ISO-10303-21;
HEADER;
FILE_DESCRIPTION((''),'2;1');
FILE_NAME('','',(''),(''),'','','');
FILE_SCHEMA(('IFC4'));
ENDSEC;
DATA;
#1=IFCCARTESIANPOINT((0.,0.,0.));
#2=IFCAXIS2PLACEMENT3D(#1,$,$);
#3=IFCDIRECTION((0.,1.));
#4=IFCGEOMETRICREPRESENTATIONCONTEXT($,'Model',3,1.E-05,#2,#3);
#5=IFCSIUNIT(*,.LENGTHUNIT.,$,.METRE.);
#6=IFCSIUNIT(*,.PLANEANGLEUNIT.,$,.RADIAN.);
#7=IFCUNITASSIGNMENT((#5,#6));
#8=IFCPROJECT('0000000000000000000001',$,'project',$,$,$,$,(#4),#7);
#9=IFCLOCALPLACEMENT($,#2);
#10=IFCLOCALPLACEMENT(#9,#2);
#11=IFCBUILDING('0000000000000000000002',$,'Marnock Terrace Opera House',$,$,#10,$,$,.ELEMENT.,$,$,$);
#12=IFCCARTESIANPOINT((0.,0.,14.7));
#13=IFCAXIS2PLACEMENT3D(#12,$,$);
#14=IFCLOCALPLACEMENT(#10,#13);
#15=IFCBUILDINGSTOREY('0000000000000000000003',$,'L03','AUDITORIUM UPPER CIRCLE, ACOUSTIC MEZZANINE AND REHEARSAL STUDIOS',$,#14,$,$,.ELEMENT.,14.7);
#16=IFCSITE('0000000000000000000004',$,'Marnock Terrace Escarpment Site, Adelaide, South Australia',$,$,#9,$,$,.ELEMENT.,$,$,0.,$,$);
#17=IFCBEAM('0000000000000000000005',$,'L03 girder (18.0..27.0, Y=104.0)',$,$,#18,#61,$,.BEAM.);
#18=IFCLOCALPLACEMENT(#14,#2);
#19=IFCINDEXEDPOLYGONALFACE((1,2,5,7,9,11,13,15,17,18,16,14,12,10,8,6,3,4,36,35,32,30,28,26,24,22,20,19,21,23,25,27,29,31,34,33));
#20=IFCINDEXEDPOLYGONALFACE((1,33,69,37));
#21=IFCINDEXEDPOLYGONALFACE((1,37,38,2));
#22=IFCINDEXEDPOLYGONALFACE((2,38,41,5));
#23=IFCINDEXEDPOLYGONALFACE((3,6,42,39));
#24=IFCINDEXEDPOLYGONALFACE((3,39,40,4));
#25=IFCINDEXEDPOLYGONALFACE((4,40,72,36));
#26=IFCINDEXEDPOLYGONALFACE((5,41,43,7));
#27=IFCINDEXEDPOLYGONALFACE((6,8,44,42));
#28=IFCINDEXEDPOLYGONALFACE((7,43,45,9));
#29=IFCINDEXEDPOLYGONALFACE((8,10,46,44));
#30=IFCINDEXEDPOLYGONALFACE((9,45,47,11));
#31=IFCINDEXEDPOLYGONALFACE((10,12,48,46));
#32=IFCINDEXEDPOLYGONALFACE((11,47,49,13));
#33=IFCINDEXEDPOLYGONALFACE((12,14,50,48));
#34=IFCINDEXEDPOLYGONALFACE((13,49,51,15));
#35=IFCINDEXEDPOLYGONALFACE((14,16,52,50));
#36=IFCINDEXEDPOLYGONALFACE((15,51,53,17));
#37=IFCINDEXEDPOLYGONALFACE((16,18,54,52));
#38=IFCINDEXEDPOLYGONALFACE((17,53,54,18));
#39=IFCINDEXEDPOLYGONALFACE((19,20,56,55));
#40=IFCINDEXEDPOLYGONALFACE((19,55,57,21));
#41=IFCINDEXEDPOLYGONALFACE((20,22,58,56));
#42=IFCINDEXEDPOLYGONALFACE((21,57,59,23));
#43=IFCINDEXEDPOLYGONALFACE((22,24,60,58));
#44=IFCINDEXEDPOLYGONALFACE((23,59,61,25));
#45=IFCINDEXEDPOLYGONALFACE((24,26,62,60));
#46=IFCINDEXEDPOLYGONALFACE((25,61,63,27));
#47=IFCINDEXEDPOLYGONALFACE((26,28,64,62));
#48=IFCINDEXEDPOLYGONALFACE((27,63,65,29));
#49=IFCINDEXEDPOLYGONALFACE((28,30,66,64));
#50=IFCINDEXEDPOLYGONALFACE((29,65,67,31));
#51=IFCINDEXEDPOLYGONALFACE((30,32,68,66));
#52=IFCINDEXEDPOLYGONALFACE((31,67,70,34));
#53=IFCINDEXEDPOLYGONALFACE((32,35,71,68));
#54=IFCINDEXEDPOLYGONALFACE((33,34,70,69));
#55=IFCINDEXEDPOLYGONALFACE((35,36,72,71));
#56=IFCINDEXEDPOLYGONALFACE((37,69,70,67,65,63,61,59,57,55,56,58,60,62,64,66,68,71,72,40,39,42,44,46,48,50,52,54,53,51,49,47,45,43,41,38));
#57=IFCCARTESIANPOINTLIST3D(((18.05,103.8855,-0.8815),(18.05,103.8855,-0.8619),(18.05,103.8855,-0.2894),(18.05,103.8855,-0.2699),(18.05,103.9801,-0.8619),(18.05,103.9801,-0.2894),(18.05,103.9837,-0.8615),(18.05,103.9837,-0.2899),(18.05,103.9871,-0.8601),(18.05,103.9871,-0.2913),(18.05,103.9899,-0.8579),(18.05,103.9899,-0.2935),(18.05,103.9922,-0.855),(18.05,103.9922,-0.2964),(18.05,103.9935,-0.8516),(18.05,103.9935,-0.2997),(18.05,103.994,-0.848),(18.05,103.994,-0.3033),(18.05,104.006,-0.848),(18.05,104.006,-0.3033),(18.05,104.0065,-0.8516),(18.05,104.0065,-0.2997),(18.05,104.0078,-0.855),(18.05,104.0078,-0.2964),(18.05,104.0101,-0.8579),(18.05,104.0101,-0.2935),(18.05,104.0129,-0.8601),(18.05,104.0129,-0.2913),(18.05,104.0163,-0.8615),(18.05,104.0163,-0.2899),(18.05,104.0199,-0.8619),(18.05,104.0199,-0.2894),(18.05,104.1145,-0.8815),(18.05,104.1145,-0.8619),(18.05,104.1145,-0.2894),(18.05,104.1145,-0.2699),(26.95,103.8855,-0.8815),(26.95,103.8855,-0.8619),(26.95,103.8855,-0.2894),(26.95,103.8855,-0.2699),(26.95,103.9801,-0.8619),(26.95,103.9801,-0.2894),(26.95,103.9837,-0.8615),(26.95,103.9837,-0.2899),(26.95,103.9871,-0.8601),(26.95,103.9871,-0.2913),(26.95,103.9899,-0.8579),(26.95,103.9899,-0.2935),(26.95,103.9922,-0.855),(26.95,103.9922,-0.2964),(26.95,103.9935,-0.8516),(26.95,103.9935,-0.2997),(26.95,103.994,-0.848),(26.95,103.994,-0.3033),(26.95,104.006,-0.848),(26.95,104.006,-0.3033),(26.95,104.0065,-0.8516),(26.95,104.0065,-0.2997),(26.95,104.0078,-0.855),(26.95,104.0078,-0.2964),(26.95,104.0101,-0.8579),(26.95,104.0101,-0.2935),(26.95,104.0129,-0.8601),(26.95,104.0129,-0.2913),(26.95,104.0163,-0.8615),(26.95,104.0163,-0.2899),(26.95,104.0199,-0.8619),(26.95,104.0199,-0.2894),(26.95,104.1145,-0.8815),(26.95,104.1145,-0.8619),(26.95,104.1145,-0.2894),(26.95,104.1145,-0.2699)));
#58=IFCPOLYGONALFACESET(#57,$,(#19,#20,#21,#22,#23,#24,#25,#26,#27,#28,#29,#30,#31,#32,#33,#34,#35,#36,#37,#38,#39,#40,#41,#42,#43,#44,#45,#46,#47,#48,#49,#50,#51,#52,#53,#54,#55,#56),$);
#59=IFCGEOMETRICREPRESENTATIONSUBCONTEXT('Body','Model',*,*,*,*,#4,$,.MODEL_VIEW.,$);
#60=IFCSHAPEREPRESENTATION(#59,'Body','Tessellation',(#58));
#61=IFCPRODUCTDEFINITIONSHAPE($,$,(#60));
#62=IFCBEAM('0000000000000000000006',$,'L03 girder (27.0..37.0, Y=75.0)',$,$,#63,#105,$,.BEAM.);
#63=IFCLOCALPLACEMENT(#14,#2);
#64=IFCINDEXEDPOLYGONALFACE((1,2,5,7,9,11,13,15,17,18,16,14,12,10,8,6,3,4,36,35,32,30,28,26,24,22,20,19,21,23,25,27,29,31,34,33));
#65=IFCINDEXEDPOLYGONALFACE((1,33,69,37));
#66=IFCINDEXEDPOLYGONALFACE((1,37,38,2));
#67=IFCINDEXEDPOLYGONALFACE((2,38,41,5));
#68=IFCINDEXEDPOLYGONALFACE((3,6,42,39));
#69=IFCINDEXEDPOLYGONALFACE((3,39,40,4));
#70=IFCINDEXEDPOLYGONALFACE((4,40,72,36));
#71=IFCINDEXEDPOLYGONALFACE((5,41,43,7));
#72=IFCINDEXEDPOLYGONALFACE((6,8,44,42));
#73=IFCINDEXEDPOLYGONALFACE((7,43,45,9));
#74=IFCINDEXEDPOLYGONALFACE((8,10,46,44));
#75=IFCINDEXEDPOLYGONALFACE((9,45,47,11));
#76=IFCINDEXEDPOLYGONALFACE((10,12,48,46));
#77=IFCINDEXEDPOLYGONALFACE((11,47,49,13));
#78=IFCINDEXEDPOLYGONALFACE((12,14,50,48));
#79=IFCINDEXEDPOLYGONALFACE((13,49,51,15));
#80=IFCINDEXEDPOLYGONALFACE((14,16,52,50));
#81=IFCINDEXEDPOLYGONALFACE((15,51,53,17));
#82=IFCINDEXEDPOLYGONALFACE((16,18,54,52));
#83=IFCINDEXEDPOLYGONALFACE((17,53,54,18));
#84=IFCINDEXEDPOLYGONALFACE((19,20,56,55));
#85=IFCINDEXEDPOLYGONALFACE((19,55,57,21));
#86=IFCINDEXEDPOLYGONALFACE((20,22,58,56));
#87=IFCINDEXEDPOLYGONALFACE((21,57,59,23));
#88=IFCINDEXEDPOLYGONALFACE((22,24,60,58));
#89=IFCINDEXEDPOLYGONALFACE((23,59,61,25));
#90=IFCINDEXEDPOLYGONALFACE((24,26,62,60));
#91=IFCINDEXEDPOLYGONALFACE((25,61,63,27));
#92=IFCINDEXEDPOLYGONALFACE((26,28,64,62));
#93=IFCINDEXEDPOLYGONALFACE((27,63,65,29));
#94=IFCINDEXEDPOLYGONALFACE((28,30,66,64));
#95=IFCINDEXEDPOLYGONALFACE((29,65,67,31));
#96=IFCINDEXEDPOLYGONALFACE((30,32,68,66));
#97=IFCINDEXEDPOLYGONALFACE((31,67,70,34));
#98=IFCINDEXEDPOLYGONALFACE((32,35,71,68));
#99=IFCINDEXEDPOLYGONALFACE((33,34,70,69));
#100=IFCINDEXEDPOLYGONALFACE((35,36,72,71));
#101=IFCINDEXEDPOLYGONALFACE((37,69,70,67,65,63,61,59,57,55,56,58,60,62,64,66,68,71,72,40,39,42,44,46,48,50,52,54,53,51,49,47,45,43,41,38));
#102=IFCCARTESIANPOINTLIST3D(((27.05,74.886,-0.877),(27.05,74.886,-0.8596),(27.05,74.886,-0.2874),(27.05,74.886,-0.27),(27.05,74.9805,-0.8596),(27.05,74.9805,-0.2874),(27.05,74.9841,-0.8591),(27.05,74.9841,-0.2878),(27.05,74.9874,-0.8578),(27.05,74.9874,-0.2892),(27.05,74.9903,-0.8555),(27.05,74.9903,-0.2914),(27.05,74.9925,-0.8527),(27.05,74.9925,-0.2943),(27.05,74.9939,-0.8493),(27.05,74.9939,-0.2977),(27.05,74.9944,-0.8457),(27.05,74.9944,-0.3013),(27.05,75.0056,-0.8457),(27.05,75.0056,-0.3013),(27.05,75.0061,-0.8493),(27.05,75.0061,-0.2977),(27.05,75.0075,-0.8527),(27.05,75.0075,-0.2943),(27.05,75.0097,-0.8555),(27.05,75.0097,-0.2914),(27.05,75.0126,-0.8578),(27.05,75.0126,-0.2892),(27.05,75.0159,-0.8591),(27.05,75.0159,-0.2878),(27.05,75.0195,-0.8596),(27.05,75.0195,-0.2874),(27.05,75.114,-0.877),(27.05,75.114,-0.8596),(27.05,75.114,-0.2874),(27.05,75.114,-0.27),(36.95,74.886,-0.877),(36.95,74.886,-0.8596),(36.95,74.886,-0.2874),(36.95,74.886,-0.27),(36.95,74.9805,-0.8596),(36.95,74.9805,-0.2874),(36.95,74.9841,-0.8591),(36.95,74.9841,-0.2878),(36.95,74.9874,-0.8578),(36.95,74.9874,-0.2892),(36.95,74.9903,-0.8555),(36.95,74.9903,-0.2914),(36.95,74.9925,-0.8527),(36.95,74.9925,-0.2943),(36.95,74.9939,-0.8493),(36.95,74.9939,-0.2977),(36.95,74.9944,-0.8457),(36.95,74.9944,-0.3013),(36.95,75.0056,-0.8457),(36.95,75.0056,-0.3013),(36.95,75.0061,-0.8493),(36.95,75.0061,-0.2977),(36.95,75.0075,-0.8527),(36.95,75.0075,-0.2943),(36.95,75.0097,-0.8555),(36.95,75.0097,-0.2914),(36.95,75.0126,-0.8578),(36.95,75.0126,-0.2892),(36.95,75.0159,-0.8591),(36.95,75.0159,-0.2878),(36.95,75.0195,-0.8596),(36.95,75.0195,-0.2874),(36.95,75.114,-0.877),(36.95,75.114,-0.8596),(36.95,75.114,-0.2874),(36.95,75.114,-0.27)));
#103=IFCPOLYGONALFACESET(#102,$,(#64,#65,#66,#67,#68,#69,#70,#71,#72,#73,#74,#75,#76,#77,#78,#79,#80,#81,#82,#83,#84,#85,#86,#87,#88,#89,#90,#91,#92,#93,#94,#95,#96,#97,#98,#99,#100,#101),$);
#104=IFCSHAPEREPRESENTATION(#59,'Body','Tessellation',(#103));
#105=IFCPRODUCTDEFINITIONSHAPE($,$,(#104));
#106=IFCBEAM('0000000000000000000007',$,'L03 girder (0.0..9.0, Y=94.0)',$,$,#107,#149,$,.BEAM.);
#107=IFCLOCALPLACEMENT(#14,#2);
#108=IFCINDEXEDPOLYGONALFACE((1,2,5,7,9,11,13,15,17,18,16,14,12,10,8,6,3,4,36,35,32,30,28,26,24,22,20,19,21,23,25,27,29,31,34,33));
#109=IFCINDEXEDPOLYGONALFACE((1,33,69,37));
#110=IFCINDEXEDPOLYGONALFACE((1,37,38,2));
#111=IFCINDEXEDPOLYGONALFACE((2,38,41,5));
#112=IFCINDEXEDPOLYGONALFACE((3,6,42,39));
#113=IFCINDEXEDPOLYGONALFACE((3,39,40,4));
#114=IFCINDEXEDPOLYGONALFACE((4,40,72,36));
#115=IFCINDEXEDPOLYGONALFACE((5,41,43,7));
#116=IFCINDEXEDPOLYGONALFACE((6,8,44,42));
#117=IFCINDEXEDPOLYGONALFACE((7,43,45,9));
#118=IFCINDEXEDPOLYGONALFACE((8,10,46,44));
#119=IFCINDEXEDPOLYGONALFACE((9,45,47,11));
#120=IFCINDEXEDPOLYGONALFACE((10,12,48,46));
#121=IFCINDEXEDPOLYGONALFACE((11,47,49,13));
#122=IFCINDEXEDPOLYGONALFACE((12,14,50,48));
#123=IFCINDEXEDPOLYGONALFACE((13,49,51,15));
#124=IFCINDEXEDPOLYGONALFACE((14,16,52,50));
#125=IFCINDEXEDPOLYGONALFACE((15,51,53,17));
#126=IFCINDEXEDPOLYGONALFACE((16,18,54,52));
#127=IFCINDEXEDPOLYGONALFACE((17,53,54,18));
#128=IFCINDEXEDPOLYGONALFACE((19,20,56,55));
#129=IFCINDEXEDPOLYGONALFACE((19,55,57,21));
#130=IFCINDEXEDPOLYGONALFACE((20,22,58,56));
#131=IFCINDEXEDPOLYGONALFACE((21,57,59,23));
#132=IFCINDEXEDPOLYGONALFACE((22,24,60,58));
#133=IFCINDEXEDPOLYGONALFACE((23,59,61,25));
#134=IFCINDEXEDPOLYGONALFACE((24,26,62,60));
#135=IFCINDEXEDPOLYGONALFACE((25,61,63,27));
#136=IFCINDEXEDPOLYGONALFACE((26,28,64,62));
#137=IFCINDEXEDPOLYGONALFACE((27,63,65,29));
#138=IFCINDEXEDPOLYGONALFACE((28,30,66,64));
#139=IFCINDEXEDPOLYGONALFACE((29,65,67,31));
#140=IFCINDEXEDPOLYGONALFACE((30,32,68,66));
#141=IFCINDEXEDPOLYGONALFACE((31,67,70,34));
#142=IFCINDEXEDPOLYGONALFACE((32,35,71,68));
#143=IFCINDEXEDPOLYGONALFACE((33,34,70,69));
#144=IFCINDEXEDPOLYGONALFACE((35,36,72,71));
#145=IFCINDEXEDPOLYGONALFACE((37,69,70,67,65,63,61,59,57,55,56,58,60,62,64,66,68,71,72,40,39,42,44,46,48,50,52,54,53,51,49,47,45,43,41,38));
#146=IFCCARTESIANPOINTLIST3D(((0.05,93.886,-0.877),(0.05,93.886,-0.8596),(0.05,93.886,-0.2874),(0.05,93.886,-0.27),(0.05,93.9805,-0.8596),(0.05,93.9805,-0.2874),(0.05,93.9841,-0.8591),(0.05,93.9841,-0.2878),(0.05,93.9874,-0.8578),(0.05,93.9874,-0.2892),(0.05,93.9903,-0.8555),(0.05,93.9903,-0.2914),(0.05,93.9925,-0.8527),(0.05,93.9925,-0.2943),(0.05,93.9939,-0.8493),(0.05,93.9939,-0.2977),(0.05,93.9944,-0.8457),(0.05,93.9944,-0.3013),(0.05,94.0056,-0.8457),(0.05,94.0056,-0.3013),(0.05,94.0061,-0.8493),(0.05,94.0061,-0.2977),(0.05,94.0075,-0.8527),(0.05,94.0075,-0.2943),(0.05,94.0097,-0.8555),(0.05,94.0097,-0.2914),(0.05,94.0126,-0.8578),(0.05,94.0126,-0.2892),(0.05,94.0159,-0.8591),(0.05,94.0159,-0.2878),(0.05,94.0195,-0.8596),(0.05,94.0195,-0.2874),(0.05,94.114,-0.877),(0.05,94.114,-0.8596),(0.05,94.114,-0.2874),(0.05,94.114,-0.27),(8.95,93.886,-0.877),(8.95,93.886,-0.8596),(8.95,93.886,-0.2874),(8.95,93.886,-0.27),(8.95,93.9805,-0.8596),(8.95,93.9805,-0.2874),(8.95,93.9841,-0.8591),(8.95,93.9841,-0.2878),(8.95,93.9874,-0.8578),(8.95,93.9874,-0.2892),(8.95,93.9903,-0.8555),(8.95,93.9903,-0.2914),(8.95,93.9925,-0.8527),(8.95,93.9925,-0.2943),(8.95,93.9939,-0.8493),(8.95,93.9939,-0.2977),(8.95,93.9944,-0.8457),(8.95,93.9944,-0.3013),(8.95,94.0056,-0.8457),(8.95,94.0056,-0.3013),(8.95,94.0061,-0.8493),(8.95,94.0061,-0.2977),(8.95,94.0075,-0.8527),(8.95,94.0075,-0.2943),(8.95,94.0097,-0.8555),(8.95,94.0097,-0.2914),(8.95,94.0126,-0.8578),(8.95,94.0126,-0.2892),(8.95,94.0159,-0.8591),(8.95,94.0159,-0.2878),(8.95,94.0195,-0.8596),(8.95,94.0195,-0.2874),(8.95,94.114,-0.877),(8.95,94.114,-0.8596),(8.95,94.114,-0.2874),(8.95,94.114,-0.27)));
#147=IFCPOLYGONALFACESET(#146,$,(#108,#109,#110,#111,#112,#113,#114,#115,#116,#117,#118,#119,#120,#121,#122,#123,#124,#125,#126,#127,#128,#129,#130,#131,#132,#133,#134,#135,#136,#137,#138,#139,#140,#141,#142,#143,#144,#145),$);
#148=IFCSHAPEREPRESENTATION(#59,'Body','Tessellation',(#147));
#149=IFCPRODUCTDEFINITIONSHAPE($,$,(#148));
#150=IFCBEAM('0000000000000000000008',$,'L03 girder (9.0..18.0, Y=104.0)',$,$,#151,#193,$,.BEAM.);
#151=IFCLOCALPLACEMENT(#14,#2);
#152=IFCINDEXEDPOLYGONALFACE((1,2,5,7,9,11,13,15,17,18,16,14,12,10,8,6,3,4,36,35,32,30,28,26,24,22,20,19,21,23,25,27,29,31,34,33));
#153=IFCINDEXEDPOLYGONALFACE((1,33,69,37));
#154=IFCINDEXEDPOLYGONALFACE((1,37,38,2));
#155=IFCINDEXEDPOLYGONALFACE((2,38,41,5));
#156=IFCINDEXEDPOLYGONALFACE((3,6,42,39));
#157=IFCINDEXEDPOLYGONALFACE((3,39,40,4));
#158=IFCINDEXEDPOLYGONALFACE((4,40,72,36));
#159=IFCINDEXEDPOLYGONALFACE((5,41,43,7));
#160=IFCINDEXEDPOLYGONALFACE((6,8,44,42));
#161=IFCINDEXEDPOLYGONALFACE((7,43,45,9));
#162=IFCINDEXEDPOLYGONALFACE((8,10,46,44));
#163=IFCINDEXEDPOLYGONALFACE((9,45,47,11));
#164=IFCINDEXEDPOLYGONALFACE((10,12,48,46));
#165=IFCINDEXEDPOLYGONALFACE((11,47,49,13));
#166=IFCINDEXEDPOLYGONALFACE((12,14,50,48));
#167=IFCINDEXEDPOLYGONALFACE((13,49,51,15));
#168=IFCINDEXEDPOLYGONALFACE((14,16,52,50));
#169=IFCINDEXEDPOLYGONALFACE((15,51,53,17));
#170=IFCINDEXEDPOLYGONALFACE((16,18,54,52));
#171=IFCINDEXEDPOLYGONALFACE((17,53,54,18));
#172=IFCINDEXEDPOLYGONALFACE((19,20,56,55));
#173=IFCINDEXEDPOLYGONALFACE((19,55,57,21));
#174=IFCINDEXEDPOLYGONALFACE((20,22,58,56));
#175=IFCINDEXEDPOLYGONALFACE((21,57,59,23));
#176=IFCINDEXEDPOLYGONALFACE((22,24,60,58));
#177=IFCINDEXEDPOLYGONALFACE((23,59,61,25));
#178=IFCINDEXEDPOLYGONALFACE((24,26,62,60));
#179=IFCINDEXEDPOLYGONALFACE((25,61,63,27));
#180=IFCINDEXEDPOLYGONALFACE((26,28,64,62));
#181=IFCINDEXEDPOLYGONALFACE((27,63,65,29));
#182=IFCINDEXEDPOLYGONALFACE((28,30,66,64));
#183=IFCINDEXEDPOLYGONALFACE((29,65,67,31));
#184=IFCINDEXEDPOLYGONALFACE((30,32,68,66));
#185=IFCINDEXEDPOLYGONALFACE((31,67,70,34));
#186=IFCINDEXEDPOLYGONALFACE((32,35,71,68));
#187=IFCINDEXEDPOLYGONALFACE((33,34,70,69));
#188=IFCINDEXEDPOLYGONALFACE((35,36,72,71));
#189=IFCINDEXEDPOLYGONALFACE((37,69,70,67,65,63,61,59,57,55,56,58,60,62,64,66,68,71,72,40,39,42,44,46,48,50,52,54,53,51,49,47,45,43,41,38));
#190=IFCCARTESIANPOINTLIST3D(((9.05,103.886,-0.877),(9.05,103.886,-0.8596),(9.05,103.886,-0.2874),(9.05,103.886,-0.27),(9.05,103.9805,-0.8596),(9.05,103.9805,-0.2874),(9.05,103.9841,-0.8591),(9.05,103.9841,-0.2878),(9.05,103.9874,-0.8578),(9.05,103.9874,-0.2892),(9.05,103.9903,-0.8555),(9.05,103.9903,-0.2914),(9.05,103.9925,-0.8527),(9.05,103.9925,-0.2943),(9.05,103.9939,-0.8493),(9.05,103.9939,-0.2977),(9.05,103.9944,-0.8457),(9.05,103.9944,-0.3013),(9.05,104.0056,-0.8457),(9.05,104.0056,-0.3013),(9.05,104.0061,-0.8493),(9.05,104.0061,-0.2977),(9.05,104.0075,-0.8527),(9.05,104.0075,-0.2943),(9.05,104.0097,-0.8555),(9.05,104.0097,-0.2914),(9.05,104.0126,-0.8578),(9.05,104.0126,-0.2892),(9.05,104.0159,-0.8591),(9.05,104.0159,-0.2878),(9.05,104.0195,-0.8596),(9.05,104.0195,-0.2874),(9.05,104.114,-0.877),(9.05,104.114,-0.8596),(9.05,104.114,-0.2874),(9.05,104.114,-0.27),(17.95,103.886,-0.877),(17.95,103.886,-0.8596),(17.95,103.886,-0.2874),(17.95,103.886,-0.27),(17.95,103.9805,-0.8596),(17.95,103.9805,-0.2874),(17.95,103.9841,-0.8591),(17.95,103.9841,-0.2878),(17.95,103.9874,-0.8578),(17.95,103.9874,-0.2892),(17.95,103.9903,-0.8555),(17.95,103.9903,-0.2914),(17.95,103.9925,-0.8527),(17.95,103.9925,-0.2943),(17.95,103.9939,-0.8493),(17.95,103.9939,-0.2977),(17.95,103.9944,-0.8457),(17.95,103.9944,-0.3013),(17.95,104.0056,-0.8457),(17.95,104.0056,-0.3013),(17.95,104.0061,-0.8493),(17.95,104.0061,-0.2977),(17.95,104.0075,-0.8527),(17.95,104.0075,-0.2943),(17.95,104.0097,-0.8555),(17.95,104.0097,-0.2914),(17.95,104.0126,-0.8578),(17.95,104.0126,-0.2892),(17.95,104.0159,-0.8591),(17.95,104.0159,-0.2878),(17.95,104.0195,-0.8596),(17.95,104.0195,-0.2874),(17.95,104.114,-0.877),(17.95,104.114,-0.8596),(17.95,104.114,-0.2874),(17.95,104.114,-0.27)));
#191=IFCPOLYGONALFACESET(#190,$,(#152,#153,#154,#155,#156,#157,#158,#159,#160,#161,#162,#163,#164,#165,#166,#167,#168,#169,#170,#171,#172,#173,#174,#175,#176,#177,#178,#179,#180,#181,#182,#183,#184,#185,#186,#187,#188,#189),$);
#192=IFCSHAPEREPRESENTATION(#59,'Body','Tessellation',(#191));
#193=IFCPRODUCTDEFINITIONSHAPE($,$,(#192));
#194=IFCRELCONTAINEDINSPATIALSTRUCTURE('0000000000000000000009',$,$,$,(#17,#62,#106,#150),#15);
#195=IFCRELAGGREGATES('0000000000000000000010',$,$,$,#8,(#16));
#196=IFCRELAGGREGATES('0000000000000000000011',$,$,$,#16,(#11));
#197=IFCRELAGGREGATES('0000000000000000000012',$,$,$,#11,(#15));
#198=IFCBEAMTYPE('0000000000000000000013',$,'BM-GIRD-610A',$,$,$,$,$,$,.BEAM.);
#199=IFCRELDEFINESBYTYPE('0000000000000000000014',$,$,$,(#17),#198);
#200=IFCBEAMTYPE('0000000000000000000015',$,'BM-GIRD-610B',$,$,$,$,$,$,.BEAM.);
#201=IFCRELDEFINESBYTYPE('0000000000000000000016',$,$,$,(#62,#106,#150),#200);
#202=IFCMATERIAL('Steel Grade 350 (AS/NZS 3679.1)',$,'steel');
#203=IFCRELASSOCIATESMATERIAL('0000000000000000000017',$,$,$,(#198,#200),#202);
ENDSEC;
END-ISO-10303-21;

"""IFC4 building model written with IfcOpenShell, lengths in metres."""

from ifc_helpers import new_model, si_unit, direction, frame, origin, origin_2d, place, context, subcontext, project, spatial, i_section, extrude, material, material_profile, profile_set, type_object, element, save


model = new_model("IFC4")

# Units and contexts
model_context = context("Model", 3, precision=1e-05, world=origin(), true_north=direction((0.0, 1.0)))
body_context = subcontext(model_context, "Body", "Model", "MODEL_VIEW")
ifc_project = project(units=[si_unit("LENGTHUNIT", "METRE"), si_unit("PLANEANGLEUNIT", "RADIAN")], contexts=[model_context])

# Site, building, storey
site_placement = place(None, origin())
site = spatial("IfcSite", under=ifc_project, at=site_placement, Name="Marnock Terrace Escarpment Site, Adelaide, South Australia", CompositionType="ELEMENT", RefElevation=0.0)
building_placement = place(site_placement, origin())
building = spatial("IfcBuilding", under=site, at=building_placement, Name="Marnock Terrace Opera House", CompositionType="ELEMENT")
storey_placement = place(building_placement, frame((0.0, 0.0, 14.7)))
storey = spatial("IfcBuildingStorey", under=building, at=storey_placement, Name="L03", Description="AUDITORIUM UPPER CIRCLE, ACOUSTIC MEZZANINE AND REHEARSAL STUDIOS", CompositionType="ELEMENT", Elevation=14.7)

# Beams
ifc_material = material(Name="Steel Grade 350 (AS/NZS 3679.1)", Category="steel")
ifc_material_profile_1 = material_profile(ifc_material, i_section(OverallWidth=0.229, OverallDepth=0.6116, WebThickness=0.012, FlangeThickness=0.0195, FilletRadius=0.0139, at=origin_2d()))
ifc_profile_set_1 = profile_set([ifc_material_profile_1], Name="Steel Grade 350 (AS/NZS 3679.1)")
beam_type_1 = type_object("IfcBeamType", Name="BM-GIRD-610A", PredefinedType="BEAM", material=ifc_profile_set_1)
for number, where, z_axis, x_axis, name in (
    (1, (18.05, 104.0, -0.5757), (1.0, 0.0, 0.0), (0.0, 1.0, 0.0), "L03 girder (18.0..27.0, Y=104.0)"),
):
    element("IfcBeam", number, at=place(storey_placement, frame(where, z_axis=z_axis, x_axis=x_axis)), inside=storey, type_object=beam_type_1, Name=name, PredefinedType="BEAM", context=body_context, shape_type="SweptSolid", body=[
        extrude(i_section(OverallWidth=0.229, OverallDepth=0.6116, WebThickness=0.012, FlangeThickness=0.0195, FilletRadius=0.0139, at=origin_2d()), origin(), (0.0, 0.0, 1.0), 8.8999),
    ])
ifc_material_profile_2 = material_profile(ifc_material, i_section(OverallWidth=0.228, OverallDepth=0.6069, WebThickness=0.0112, FlangeThickness=0.0173, FilletRadius=0.0139, at=origin_2d()))
ifc_profile_set_2 = profile_set([ifc_material_profile_2], Name="Steel Grade 350 (AS/NZS 3679.1)")
beam_type_2 = type_object("IfcBeamType", Name="BM-GIRD-610B", PredefinedType="BEAM", material=ifc_profile_set_2)
beam_1_placement = place(storey_placement, frame((27.05, 75.0, -0.5735), z_axis=(1.0, 0.0, 0.0), x_axis=(0.0, 1.0, 0.0)))
element("IfcBeam", 2, at=beam_1_placement, inside=storey, type_object=beam_type_2, Name="L03 girder (27.0..37.0, Y=75.0)", PredefinedType="BEAM", context=body_context, shape_type="SweptSolid", body=[
    extrude(i_section(OverallWidth=0.228, OverallDepth=0.6069, WebThickness=0.0112, FlangeThickness=0.0173, FilletRadius=0.0139, at=origin_2d()), origin(), (0.0, 0.0, 1.0), 9.8999),
])
for number, where, z_axis, x_axis, name in (
    (3, (0.05, 94.0, -0.5735), (1.0, 0.0, 0.0), (0.0, 1.0, 0.0), "L03 girder (0.0..9.0, Y=94.0)"),
    (4, (9.05, 104.0, -0.5735), (1.0, 0.0, 0.0), (0.0, 1.0, 0.0), "L03 girder (9.0..18.0, Y=104.0)"),
):
    element("IfcBeam", number, at=place(storey_placement, frame(where, z_axis=z_axis, x_axis=x_axis)), inside=storey, type_object=beam_type_2, Name=name, PredefinedType="BEAM", context=body_context, shape_type="SweptSolid", body=[
        extrude(i_section(OverallWidth=0.228, OverallDepth=0.6069, WebThickness=0.0112, FlangeThickness=0.0173, FilletRadius=0.0139, at=origin_2d()), origin(), (0.0, 0.0, 1.0), 8.8999),
    ])

save(model, "model.ifc")
